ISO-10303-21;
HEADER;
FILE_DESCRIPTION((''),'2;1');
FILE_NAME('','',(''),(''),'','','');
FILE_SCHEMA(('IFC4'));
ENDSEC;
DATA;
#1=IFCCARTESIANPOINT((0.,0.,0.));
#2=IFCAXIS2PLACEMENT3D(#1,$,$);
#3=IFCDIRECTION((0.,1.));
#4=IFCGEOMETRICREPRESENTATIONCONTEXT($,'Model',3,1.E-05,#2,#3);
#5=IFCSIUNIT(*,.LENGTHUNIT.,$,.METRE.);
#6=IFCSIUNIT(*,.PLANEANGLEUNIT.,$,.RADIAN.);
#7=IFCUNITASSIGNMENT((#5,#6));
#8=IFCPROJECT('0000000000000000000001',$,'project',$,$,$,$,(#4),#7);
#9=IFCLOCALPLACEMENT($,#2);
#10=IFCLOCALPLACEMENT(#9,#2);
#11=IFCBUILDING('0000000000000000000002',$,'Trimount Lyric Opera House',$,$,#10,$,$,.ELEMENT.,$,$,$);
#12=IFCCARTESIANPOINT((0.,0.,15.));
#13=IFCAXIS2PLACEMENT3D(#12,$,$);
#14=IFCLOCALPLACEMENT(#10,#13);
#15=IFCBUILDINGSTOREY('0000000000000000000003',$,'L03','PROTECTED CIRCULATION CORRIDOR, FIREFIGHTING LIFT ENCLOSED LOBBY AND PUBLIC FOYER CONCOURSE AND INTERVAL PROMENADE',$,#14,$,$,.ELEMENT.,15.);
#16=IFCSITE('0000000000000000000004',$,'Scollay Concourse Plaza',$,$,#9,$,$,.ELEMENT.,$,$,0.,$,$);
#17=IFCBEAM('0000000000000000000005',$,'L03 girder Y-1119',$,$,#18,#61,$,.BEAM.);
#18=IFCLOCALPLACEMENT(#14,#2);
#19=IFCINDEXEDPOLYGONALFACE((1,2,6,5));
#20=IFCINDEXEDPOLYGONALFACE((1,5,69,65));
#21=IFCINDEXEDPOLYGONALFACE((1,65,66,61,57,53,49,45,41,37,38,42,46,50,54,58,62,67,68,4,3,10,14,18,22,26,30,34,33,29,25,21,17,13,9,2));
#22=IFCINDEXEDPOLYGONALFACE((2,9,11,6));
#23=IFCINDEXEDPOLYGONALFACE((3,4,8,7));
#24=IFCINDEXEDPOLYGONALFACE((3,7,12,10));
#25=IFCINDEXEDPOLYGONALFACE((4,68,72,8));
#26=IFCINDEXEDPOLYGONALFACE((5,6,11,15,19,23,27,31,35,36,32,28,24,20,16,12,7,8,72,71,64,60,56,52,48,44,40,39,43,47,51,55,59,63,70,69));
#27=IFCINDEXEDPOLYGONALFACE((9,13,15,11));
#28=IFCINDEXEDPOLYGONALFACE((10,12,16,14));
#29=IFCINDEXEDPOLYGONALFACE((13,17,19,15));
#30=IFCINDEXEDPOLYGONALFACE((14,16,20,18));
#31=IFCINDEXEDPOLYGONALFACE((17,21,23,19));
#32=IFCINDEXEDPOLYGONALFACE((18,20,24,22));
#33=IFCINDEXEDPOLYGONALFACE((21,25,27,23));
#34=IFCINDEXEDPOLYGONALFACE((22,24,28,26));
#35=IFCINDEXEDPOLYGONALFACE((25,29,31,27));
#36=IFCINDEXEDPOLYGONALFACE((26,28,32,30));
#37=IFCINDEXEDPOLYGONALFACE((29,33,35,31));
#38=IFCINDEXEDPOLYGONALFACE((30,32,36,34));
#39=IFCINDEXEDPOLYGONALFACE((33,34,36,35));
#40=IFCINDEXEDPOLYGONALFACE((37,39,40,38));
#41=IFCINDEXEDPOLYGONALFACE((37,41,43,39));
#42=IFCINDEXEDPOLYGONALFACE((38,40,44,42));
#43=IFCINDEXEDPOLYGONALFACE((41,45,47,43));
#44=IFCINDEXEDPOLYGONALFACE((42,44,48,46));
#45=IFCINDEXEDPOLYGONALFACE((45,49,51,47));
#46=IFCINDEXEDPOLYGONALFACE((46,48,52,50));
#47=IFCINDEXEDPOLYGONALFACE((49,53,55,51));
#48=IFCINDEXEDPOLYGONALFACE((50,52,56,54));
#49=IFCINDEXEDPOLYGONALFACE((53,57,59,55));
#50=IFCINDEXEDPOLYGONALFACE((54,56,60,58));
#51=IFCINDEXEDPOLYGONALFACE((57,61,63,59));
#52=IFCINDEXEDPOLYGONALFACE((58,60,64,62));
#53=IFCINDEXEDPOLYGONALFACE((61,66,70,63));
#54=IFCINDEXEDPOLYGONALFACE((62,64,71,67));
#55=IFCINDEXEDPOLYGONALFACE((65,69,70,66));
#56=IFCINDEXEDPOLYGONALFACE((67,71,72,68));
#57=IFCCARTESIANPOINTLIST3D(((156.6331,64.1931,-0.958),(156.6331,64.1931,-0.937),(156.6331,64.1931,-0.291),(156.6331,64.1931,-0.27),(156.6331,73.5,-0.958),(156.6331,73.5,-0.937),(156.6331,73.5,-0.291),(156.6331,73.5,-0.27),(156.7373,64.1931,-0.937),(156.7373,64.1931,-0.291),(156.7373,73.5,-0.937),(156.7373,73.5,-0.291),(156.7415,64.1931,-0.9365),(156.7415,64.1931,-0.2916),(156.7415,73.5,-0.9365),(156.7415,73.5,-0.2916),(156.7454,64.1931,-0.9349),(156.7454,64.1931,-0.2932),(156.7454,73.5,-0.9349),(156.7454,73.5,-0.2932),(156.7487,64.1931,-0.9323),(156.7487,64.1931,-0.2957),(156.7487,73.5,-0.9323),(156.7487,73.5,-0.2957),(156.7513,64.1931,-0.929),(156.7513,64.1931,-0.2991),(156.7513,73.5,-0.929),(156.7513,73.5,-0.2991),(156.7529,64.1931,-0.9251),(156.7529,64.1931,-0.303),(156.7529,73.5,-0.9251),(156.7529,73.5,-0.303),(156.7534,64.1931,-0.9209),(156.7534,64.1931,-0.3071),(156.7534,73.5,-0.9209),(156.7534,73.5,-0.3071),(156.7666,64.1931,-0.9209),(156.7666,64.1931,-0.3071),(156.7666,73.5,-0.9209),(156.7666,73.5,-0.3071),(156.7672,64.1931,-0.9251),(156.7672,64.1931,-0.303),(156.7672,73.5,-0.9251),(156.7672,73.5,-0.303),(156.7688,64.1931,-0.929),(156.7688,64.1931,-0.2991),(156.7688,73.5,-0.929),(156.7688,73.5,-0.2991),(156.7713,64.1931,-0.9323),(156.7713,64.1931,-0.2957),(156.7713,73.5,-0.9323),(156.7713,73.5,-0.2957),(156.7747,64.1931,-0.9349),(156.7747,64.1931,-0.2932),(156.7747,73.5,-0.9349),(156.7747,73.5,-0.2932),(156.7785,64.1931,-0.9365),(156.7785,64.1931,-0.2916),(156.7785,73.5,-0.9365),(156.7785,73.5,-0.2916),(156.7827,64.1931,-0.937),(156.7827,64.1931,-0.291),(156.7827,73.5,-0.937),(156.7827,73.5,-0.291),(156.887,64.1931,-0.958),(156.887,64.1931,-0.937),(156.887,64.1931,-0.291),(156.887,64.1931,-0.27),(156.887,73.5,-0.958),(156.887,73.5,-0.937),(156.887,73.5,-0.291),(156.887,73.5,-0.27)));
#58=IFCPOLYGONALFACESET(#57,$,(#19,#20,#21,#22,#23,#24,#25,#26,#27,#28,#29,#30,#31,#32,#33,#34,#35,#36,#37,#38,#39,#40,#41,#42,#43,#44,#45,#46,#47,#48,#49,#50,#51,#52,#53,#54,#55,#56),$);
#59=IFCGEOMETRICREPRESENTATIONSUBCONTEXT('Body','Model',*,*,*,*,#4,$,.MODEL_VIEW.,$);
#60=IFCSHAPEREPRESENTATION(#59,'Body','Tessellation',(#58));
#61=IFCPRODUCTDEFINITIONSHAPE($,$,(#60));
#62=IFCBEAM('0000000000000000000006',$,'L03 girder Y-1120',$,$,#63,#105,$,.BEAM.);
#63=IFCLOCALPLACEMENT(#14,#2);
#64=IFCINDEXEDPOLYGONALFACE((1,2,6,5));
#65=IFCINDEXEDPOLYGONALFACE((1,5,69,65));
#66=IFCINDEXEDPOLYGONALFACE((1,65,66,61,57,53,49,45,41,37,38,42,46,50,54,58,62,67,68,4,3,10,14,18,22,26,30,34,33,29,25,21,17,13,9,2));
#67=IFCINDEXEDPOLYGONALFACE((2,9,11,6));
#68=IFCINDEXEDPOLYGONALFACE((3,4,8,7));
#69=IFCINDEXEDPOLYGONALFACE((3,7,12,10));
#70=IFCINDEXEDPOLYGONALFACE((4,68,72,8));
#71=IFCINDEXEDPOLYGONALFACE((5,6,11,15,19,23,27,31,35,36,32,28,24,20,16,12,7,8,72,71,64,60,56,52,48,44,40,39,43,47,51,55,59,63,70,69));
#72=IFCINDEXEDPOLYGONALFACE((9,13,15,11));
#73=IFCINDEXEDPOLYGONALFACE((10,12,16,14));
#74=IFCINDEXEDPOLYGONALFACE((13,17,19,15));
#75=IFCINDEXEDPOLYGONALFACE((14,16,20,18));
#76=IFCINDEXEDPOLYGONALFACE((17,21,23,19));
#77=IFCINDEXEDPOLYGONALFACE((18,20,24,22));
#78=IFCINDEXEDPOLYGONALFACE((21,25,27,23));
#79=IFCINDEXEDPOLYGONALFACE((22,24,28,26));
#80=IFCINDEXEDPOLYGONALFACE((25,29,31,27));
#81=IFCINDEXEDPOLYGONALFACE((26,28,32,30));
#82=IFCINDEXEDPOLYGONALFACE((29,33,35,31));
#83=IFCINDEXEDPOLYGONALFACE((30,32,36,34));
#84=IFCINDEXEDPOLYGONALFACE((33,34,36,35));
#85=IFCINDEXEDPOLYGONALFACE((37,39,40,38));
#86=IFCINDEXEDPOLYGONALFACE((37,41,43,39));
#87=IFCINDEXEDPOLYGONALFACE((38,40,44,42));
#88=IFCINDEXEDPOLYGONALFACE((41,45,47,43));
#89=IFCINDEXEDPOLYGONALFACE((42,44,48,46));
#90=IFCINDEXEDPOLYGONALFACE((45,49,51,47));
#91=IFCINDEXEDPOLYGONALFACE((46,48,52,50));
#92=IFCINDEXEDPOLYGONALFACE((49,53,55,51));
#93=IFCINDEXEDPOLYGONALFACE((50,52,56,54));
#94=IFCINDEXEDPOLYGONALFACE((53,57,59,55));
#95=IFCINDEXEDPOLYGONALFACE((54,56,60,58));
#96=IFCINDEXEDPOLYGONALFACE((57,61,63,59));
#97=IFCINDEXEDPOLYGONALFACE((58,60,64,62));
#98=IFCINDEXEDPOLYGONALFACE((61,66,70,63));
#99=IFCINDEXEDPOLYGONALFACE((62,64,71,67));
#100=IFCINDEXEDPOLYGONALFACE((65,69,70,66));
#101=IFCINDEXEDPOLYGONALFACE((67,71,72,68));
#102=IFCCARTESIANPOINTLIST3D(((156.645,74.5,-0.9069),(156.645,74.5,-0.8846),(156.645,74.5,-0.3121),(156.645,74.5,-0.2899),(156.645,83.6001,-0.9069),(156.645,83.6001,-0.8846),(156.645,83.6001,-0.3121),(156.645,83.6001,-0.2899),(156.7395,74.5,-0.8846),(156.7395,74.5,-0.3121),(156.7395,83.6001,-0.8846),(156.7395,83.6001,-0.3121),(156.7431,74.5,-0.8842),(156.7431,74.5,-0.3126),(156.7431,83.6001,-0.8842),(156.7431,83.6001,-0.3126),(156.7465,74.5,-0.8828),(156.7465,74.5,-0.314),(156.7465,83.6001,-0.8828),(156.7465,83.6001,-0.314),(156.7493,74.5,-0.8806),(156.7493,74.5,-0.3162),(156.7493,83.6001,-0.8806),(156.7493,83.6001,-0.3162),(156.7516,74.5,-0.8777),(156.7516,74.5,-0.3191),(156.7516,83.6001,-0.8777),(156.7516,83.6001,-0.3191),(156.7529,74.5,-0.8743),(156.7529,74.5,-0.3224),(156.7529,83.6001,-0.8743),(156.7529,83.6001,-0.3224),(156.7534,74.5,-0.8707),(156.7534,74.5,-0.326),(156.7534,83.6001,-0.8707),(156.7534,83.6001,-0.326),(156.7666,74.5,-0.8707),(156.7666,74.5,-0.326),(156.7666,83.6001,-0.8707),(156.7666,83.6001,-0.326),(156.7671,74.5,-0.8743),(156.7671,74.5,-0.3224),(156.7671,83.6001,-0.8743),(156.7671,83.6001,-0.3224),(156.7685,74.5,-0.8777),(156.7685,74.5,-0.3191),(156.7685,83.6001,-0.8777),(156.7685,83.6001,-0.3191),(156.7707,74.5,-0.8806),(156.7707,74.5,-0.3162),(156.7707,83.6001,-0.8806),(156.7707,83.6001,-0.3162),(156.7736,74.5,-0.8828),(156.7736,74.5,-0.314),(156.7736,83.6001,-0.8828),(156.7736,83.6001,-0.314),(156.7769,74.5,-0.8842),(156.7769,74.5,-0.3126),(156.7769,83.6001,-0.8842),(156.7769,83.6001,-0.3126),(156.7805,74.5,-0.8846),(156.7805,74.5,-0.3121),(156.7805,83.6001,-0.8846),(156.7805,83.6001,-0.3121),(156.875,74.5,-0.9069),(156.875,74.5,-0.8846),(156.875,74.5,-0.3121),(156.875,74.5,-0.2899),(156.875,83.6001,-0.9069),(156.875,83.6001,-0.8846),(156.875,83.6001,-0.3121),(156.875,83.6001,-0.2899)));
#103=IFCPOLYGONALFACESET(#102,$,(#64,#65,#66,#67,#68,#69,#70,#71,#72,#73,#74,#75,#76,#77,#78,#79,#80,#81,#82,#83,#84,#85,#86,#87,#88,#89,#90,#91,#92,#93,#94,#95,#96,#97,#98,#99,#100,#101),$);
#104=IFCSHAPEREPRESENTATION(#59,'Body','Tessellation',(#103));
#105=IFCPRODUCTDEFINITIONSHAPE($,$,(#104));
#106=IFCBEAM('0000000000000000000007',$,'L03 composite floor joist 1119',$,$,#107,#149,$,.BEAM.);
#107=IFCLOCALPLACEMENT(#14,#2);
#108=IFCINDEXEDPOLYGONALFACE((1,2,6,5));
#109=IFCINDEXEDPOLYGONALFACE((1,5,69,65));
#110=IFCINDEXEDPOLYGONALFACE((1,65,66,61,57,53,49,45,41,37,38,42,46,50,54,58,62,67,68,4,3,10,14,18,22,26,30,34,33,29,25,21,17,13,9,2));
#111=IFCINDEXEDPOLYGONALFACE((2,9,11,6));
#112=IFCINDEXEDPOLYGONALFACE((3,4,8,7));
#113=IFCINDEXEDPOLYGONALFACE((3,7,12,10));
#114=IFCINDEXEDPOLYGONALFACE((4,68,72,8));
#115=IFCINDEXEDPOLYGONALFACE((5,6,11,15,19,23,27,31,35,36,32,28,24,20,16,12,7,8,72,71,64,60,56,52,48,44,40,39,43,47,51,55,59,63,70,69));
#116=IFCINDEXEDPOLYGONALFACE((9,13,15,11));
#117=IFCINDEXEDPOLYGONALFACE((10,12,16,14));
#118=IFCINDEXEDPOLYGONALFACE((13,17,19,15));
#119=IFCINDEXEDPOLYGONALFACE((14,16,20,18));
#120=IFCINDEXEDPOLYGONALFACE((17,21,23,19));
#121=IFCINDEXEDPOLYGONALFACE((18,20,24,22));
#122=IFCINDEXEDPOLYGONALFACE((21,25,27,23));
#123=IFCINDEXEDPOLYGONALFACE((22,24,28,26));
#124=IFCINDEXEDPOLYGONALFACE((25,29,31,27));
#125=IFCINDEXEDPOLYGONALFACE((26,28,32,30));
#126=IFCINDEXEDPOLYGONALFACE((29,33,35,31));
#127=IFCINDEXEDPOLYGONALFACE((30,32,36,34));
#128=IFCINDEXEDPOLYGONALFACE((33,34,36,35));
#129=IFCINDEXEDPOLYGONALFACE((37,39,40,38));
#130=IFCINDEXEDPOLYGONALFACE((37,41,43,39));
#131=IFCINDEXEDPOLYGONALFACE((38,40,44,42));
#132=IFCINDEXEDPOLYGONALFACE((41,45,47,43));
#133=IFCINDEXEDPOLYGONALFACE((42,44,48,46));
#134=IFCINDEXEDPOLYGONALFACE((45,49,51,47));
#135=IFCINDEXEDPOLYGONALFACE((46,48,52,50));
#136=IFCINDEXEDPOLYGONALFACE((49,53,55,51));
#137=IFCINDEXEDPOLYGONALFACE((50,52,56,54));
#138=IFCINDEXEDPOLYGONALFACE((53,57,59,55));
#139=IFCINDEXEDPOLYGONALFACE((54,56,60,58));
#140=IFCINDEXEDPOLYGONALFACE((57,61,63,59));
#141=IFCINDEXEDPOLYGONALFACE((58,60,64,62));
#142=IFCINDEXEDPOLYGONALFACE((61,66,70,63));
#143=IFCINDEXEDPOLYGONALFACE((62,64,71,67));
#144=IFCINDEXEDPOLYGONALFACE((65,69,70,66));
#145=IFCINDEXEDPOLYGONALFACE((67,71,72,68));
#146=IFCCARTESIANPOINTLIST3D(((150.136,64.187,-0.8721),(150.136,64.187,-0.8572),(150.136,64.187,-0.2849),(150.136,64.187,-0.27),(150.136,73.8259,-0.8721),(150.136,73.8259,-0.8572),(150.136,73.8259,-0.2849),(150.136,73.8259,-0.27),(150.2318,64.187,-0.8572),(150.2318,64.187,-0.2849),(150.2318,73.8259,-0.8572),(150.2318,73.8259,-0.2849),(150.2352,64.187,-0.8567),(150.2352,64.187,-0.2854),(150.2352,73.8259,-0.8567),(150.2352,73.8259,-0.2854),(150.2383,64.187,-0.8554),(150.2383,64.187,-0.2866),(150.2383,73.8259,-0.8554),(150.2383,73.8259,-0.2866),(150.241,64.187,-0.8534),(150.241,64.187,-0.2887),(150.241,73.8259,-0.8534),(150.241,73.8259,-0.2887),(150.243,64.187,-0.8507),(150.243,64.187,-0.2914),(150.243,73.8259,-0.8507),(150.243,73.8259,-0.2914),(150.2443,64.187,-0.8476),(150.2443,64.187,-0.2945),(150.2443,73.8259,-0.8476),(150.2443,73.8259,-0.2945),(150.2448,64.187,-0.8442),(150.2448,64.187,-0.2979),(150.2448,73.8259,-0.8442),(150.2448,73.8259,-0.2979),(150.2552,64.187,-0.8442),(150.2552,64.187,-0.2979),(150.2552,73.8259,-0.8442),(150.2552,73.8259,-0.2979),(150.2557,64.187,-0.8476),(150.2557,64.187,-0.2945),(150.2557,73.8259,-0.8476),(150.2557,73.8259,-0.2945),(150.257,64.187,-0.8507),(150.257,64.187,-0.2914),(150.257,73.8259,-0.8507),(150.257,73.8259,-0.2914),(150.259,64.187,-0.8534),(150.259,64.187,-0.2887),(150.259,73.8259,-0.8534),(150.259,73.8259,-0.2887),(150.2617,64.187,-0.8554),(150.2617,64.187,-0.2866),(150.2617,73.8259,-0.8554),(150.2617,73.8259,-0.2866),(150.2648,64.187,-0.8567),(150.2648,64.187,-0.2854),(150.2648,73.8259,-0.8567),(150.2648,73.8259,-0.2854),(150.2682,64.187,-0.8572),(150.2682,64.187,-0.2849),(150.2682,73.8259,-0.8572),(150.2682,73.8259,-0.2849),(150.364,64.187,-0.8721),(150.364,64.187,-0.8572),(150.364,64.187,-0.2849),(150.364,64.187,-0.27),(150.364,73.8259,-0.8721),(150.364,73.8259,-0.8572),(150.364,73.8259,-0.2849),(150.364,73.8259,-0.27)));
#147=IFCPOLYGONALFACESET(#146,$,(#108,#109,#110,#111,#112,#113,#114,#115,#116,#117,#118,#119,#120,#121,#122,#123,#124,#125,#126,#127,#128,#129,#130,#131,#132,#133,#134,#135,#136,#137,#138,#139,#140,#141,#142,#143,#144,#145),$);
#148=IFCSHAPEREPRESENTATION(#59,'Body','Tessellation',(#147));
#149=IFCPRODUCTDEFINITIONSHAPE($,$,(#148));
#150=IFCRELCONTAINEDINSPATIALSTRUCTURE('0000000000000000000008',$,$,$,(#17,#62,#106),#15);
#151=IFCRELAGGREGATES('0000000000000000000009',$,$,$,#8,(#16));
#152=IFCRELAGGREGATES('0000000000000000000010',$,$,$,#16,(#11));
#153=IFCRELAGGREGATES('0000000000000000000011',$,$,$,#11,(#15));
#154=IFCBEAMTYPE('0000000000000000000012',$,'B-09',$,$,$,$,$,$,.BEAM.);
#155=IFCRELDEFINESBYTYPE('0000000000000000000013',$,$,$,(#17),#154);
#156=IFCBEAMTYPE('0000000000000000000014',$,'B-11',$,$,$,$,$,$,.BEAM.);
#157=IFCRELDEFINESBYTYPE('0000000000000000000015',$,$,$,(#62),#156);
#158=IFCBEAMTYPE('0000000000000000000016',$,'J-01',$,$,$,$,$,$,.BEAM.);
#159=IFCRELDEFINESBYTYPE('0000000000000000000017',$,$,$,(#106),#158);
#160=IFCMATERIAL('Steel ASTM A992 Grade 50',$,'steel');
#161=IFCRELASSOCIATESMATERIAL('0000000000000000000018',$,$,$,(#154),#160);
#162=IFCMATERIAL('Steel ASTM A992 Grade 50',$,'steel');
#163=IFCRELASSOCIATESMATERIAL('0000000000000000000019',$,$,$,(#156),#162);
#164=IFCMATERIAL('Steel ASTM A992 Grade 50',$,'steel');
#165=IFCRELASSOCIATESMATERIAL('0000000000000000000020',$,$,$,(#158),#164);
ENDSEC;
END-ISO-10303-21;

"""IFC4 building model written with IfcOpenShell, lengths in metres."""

from ifc_helpers import new_model, si_unit, direction, frame, origin, origin_2d, place, context, subcontext, project, spatial, i_section, extrude, material, material_profile, profile_set, type_object, element, save


model = new_model("IFC4")

# Units and contexts
model_context = context("Model", 3, precision=1e-05, world=origin(), true_north=direction((0.0, 1.0)))
body_context = subcontext(model_context, "Body", "Model", "MODEL_VIEW")
ifc_project = project(units=[si_unit("LENGTHUNIT", "METRE"), si_unit("PLANEANGLEUNIT", "RADIAN")], contexts=[model_context])

# Site, building, storey
site_placement = place(None, origin())
site = spatial("IfcSite", under=ifc_project, at=site_placement, Name="Scollay Concourse Plaza", CompositionType="ELEMENT", RefElevation=0.0)
building_placement = place(site_placement, origin())
building = spatial("IfcBuilding", under=site, at=building_placement, Name="Trimount Lyric Opera House", CompositionType="ELEMENT")
storey_placement = place(building_placement, frame((0.0, 0.0, 15.0)))
storey = spatial("IfcBuildingStorey", under=building, at=storey_placement, Name="L03", Description="PROTECTED CIRCULATION CORRIDOR, FIREFIGHTING LIFT ENCLOSED LOBBY AND PUBLIC FOYER CONCOURSE AND INTERVAL PROMENADE", CompositionType="ELEMENT", Elevation=15.0)

# Beams
ifc_material_1 = material(Name="Steel ASTM A992 Grade 50", Category="steel")
ifc_material_profile_1 = material_profile(ifc_material_1, i_section(OverallWidth=0.2539, OverallDepth=0.688, WebThickness=0.0132, FlangeThickness=0.021, FilletRadius=0.0161, at=origin_2d()), Name="W27X102")
ifc_profile_set_1 = profile_set([ifc_material_profile_1], Name="Steel ASTM A992 Grade 50")
beam_type_1 = type_object("IfcBeamType", Name="B-09", PredefinedType="BEAM", material=ifc_profile_set_1)
beam_1_placement = place(storey_placement, frame((156.76, 64.1931, -0.614), z_axis=(0.0, 1.0, 0.0), x_axis=(-1.0, 0.0, 0.0)))
element("IfcBeam", 1, at=beam_1_placement, inside=storey, type_object=beam_type_1, Name="L03 girder Y-1119", PredefinedType="BEAM", context=body_context, shape_type="SweptSolid", body=[
    extrude(i_section(OverallWidth=0.2539, OverallDepth=0.688, WebThickness=0.0132, FlangeThickness=0.021, FilletRadius=0.0161, at=origin_2d()), origin(), (0.0, 0.0, 1.0), 9.3069),
])
ifc_material_2 = material(Name="Steel ASTM A992 Grade 50", Category="steel")
ifc_material_profile_2 = material_profile(ifc_material_2, i_section(OverallWidth=0.23, OverallDepth=0.6169, WebThickness=0.0132, FlangeThickness=0.0222, FilletRadius=0.0139, at=origin_2d()), Name="W24X94")
ifc_profile_set_2 = profile_set([ifc_material_profile_2], Name="Steel ASTM A992 Grade 50")
beam_type_2 = type_object("IfcBeamType", Name="B-11", PredefinedType="BEAM", material=ifc_profile_set_2)
beam_2_placement = place(storey_placement, frame((156.76, 74.5, -0.5984), z_axis=(0.0, 1.0, 0.0), x_axis=(-1.0, 0.0, 0.0)))
element("IfcBeam", 2, at=beam_2_placement, inside=storey, type_object=beam_type_2, Name="L03 girder Y-1120", PredefinedType="BEAM", context=body_context, shape_type="SweptSolid", body=[
    extrude(i_section(OverallWidth=0.23, OverallDepth=0.6169, WebThickness=0.0132, FlangeThickness=0.0222, FilletRadius=0.0139, at=origin_2d()), origin(), (0.0, 0.0, 1.0), 9.1001),
])
ifc_material_3 = material(Name="Steel ASTM A992 Grade 50", Category="steel")
ifc_material_profile_3 = material_profile(ifc_material_3, i_section(OverallWidth=0.228, OverallDepth=0.6021, WebThickness=0.0105, FlangeThickness=0.0149, FilletRadius=0.0129, at=origin_2d()), Name="W24X68")
ifc_profile_set_3 = profile_set([ifc_material_profile_3], Name="Steel ASTM A992 Grade 50")
beam_type_3 = type_object("IfcBeamType", Name="J-01", PredefinedType="BEAM", material=ifc_profile_set_3)
beam_3_placement = place(storey_placement, frame((150.25, 64.187, -0.571), z_axis=(0.0, 1.0, 0.0), x_axis=(-1.0, 0.0, 0.0)))
element("IfcBeam", 3, at=beam_3_placement, inside=storey, type_object=beam_type_3, Name="L03 composite floor joist 1119", PredefinedType="BEAM", context=body_context, shape_type="SweptSolid", body=[
    extrude(i_section(OverallWidth=0.228, OverallDepth=0.6021, WebThickness=0.0105, FlangeThickness=0.0149, FilletRadius=0.0129, at=origin_2d()), origin(), (0.0, 0.0, 1.0), 9.6389),
])

save(model, "model.ifc")
